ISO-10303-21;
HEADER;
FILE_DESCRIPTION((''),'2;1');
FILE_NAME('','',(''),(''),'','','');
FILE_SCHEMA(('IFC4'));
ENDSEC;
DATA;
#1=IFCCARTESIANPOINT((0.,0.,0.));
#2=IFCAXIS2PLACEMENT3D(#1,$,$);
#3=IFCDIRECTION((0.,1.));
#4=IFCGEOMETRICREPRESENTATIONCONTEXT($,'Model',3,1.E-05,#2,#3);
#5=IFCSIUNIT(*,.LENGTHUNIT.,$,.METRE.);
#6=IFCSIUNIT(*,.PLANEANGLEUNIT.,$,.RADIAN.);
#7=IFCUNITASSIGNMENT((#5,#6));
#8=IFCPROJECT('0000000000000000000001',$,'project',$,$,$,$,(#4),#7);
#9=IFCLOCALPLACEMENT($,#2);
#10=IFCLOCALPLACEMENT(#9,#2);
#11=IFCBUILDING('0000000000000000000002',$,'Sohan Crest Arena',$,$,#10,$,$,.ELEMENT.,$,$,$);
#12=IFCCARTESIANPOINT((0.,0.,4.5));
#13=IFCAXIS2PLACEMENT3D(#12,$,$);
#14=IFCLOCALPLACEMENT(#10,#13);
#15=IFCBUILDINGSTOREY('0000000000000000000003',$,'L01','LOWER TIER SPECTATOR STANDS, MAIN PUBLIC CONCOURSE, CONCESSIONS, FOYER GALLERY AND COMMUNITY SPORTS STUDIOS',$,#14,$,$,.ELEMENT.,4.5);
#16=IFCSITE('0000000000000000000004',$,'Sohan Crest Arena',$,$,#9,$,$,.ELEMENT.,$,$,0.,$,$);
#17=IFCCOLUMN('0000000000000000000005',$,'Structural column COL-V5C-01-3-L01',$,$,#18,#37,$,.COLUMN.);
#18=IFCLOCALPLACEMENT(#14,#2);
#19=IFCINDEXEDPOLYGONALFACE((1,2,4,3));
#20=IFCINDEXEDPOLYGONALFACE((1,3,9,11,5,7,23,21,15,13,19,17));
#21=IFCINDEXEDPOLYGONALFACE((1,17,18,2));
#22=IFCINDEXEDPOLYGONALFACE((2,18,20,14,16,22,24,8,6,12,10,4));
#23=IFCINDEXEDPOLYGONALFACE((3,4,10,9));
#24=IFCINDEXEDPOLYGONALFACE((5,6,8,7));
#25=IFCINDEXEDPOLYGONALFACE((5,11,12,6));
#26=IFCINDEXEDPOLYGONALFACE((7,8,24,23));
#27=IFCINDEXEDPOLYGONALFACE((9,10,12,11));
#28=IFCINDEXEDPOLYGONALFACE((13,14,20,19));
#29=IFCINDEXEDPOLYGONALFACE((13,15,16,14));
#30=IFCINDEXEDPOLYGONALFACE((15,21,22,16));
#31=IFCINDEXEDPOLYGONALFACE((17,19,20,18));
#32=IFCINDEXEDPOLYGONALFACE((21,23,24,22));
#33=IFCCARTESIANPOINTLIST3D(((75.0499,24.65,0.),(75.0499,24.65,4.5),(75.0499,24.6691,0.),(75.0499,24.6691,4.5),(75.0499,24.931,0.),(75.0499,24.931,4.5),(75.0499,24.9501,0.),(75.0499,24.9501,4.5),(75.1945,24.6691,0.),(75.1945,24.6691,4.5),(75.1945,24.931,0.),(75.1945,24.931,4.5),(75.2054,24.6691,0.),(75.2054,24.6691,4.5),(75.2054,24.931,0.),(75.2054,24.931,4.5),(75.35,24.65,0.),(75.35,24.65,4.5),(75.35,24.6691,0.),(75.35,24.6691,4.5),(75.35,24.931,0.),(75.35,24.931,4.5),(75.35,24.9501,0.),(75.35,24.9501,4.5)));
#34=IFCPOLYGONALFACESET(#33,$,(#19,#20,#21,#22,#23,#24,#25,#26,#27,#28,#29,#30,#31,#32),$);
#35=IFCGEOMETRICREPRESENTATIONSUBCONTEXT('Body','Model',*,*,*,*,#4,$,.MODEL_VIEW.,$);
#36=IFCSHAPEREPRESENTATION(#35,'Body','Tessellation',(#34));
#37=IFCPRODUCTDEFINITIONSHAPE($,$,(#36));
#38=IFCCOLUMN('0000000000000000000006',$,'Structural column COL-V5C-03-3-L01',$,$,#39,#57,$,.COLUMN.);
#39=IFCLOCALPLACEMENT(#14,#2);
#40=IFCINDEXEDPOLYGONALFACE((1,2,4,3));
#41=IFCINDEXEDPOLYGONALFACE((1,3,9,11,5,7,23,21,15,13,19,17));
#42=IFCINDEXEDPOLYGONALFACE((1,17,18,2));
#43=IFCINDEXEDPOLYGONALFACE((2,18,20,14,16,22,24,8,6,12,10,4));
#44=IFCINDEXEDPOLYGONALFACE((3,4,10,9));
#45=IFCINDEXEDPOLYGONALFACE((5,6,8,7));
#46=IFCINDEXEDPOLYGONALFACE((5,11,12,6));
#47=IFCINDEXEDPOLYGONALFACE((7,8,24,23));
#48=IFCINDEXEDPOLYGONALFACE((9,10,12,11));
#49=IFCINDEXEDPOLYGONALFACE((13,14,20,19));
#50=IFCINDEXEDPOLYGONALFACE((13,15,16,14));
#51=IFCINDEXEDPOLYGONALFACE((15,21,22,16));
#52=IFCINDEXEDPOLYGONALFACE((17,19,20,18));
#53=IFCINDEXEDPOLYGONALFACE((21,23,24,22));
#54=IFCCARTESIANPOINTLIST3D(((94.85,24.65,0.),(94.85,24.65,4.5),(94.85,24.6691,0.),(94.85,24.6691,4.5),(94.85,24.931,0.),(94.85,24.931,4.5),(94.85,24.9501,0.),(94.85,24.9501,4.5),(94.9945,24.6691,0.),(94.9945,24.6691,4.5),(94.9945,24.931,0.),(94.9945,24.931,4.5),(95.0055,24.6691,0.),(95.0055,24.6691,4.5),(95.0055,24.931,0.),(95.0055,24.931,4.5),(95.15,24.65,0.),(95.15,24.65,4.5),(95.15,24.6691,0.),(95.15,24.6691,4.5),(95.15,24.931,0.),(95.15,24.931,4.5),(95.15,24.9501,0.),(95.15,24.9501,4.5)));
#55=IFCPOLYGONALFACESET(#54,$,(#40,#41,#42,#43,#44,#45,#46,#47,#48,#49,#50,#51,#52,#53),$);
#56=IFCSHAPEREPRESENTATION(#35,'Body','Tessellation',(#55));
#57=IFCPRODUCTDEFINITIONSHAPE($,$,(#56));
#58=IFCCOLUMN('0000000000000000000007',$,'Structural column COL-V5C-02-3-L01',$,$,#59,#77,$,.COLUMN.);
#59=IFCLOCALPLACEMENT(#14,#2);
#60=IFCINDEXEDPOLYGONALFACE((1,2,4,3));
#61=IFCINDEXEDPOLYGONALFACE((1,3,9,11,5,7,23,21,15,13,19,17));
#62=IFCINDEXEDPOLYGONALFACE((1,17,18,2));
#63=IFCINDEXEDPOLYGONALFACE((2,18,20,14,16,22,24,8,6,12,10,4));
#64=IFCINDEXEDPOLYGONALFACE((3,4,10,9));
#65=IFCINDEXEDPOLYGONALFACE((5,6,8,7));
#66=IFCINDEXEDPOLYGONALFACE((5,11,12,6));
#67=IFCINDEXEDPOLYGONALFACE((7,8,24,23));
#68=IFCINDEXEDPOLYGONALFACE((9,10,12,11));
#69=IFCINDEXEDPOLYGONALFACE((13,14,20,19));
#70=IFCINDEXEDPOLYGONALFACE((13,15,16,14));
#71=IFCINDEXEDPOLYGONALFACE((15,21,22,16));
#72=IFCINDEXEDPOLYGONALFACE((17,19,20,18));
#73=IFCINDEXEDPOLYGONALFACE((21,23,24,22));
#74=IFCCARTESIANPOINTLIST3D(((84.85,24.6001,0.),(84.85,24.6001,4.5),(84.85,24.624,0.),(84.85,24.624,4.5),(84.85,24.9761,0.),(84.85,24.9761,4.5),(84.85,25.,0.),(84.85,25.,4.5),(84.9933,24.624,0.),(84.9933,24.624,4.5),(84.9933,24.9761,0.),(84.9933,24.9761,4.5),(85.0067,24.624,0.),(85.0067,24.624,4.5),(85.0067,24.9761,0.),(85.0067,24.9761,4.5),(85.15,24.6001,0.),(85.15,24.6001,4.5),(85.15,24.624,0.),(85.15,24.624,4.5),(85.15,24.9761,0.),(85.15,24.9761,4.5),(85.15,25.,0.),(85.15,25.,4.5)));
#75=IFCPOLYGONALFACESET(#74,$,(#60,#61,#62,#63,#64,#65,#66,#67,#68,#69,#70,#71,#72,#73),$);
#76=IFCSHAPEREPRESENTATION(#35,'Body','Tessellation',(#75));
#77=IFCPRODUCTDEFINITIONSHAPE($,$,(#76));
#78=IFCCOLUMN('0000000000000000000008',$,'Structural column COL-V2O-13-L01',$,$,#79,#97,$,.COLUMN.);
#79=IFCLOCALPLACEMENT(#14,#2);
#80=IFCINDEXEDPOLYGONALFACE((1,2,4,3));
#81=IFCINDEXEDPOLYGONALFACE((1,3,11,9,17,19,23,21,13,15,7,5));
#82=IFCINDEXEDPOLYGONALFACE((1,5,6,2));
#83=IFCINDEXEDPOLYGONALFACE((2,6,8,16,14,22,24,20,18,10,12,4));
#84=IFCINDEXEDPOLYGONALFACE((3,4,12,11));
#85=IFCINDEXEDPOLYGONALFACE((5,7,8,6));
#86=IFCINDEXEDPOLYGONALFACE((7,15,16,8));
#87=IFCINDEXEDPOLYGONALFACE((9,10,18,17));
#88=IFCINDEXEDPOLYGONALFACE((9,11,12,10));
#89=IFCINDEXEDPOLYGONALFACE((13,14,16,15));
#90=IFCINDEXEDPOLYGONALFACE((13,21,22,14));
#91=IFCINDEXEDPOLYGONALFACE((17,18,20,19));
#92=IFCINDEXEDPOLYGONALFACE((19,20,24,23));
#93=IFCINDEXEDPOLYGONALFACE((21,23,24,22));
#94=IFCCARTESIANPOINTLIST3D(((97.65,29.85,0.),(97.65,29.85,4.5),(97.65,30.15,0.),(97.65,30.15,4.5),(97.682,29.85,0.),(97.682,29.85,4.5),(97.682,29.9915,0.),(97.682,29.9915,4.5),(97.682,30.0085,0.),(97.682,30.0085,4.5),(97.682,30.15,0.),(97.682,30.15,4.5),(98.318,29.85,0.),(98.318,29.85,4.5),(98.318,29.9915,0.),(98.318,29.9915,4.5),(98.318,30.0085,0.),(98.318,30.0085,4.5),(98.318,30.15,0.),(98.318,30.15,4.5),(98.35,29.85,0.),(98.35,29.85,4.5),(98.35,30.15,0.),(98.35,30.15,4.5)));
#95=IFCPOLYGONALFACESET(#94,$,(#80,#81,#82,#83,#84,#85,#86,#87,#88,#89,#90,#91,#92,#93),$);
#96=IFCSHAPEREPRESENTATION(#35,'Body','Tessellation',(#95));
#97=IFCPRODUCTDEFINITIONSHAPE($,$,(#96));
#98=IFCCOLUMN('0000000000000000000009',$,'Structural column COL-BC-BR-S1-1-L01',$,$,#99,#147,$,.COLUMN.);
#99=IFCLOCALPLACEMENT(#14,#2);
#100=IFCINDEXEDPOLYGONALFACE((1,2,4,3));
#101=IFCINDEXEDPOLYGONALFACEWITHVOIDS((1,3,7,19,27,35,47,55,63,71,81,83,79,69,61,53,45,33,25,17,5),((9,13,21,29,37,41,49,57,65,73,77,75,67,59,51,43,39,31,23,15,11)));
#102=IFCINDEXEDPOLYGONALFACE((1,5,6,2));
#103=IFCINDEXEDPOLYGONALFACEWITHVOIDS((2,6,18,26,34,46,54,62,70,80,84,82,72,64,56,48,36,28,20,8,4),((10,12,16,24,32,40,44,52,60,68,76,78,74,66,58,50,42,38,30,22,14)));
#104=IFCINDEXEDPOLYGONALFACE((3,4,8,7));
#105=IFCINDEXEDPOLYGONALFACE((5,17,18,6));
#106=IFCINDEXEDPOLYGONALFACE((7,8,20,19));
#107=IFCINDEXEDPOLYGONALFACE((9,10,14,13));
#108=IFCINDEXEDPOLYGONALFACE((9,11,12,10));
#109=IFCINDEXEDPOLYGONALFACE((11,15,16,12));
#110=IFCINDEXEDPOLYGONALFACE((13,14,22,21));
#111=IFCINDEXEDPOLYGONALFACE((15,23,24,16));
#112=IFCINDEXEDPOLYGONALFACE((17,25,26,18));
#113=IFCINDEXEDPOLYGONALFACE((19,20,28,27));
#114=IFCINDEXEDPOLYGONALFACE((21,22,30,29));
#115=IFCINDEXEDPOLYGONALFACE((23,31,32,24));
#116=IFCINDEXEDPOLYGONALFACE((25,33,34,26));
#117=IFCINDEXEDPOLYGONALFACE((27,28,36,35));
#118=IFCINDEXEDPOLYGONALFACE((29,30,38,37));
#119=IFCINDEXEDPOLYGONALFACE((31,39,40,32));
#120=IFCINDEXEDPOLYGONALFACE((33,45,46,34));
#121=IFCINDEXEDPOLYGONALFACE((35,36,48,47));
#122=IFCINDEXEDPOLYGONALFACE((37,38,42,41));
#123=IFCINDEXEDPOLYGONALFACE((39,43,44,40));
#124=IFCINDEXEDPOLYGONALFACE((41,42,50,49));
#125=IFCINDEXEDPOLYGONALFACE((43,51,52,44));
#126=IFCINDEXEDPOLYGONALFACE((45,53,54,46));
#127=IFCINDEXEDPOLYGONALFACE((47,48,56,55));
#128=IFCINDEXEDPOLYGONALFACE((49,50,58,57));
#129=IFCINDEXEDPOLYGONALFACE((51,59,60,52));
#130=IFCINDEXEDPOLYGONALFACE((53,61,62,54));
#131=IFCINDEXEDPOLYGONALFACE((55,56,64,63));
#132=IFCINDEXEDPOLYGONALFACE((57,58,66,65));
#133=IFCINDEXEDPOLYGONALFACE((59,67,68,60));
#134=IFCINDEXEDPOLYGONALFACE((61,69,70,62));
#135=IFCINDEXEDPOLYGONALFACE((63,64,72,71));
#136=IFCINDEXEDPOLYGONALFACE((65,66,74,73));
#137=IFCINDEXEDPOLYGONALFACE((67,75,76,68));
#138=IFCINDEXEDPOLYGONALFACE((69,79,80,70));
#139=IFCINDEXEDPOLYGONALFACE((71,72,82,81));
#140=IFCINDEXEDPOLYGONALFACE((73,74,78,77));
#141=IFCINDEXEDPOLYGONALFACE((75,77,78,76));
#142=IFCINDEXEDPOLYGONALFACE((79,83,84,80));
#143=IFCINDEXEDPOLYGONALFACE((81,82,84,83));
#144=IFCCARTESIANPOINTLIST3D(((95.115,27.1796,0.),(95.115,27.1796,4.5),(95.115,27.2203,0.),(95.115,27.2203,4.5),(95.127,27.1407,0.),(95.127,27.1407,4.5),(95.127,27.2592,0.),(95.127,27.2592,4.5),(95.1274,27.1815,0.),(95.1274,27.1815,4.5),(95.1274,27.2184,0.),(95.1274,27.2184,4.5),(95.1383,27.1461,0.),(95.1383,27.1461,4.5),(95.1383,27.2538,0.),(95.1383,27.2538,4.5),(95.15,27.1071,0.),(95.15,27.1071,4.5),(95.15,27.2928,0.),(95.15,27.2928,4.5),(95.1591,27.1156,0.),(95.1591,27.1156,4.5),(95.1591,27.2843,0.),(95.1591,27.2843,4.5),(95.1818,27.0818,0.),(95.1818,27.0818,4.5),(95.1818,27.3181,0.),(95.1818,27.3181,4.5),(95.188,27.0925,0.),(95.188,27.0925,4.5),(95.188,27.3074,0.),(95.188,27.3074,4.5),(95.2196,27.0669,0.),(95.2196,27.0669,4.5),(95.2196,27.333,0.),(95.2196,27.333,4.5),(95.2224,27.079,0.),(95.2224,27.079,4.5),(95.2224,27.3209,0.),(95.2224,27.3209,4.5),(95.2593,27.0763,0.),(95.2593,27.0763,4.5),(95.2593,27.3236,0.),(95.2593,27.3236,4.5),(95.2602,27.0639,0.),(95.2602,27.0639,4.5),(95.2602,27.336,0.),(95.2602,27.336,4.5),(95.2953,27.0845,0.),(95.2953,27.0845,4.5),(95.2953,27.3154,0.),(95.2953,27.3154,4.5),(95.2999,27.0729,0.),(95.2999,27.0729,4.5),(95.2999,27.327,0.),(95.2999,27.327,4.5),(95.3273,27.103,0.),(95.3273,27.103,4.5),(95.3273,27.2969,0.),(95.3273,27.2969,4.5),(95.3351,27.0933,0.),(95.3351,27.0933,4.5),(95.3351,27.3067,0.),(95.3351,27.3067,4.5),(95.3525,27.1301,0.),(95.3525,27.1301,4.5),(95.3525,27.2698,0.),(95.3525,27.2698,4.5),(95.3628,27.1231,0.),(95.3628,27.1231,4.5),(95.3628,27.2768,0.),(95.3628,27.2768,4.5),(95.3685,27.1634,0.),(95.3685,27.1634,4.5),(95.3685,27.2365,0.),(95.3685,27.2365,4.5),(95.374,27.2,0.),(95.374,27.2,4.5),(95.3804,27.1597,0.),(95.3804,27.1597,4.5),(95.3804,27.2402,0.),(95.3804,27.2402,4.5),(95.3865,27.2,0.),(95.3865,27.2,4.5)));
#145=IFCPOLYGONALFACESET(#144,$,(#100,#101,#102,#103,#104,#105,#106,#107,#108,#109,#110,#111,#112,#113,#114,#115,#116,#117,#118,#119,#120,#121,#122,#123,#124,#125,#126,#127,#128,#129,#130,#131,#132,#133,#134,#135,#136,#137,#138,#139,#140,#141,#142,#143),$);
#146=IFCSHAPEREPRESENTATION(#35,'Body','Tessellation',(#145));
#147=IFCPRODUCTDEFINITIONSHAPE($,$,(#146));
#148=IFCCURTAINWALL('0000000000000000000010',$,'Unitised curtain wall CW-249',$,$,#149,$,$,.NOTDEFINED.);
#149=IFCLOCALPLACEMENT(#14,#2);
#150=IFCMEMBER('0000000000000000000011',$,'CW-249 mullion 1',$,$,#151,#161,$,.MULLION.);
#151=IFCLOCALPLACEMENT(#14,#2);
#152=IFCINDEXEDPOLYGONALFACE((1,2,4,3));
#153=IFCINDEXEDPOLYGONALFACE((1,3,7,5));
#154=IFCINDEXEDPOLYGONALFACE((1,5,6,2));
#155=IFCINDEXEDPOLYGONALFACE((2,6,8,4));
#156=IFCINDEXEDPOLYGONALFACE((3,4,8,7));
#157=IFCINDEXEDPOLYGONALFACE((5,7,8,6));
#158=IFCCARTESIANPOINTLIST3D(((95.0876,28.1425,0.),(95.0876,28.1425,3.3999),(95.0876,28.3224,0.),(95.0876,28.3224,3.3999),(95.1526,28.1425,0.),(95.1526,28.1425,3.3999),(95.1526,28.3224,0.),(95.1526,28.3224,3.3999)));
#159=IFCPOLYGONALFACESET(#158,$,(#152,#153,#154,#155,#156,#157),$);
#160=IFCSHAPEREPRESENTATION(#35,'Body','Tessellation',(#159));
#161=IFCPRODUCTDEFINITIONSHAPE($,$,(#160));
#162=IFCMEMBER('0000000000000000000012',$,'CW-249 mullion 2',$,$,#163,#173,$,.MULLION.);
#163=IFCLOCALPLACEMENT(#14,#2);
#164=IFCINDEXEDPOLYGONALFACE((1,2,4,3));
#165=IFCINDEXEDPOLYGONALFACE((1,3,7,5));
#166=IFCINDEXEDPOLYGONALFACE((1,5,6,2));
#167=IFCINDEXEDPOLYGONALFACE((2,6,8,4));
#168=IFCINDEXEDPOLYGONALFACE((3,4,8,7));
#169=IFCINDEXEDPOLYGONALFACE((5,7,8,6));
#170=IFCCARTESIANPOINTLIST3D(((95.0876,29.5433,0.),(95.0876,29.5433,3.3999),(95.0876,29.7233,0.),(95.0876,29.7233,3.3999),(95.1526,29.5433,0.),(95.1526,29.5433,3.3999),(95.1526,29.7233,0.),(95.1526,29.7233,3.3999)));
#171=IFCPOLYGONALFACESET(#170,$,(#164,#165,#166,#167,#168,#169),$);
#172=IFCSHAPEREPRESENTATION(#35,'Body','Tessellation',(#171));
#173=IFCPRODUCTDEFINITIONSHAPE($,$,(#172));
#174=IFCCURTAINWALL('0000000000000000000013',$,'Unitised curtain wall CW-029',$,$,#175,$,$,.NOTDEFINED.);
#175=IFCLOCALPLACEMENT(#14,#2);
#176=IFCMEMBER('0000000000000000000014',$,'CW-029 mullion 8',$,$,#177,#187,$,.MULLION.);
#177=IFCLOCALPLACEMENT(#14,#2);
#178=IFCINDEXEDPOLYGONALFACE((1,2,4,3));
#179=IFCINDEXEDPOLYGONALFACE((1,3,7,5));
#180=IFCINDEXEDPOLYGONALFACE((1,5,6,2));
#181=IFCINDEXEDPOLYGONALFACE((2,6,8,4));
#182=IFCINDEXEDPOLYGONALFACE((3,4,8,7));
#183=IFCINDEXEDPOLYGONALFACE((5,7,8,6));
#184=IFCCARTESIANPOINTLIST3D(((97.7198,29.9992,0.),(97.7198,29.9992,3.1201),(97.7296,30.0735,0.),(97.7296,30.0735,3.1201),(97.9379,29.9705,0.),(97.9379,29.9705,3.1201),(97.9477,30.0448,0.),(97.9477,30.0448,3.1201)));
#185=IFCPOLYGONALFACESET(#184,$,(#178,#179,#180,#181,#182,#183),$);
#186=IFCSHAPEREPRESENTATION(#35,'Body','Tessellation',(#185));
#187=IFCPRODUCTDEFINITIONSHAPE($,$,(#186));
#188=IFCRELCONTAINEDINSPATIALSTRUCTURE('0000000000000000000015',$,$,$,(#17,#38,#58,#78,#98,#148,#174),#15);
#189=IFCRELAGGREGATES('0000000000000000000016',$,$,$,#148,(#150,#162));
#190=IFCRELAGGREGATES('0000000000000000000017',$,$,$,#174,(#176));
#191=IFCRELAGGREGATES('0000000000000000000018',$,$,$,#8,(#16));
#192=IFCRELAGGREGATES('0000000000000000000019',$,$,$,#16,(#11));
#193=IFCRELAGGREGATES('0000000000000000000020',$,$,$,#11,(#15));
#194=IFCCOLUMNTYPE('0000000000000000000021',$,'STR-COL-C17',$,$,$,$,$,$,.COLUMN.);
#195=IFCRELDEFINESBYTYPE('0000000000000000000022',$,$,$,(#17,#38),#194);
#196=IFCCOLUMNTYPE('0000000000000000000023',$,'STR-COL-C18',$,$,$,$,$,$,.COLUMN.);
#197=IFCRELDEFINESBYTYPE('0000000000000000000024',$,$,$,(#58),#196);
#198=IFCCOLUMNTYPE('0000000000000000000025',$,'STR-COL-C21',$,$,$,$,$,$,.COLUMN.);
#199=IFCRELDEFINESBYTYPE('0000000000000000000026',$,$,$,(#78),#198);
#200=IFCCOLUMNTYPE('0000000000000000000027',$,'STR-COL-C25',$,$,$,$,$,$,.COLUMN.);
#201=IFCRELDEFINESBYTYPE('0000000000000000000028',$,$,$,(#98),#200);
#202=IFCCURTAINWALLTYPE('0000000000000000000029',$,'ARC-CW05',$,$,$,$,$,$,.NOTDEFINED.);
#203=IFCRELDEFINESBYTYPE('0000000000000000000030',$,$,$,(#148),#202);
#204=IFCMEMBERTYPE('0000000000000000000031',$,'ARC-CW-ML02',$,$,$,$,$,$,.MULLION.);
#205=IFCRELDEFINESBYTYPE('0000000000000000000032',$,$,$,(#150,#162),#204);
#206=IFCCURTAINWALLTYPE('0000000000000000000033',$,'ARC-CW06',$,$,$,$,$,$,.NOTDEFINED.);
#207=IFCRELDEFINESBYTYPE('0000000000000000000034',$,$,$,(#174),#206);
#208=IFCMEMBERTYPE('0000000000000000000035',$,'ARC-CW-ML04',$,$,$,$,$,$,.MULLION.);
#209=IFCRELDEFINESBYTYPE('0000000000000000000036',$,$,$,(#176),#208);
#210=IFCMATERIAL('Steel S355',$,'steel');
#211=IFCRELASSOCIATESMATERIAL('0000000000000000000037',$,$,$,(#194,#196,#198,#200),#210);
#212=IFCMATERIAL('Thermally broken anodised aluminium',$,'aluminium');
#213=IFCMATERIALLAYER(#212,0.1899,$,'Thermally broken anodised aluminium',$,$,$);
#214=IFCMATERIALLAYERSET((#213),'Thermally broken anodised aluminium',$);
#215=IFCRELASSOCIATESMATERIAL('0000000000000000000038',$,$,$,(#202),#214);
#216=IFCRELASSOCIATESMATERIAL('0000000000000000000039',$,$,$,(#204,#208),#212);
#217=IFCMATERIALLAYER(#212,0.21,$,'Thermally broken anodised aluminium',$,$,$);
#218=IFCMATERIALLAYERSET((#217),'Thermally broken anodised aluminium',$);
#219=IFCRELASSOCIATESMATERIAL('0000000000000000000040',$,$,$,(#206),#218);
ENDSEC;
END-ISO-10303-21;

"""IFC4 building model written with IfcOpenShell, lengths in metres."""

from ifc_helpers import new_model, si_unit, direction, frame, origin, origin_2d, place, context, subcontext, project, spatial, rectangle, hollow_circle, i_section, extrude, material, layer, layer_set, material_profile, profile_set, type_object, element, aggregate, save


model = new_model("IFC4")

# Units and contexts
model_context = context("Model", 3, precision=1e-05, world=origin(), true_north=direction((0.0, 1.0)))
body_context = subcontext(model_context, "Body", "Model", "MODEL_VIEW")
ifc_project = project(units=[si_unit("LENGTHUNIT", "METRE"), si_unit("PLANEANGLEUNIT", "RADIAN")], contexts=[model_context])

# Site, building, storey
site_placement = place(None, origin())
site = spatial("IfcSite", under=ifc_project, at=site_placement, Name="Sohan Crest Arena", CompositionType="ELEMENT", RefElevation=0.0)
building_placement = place(site_placement, origin())
building = spatial("IfcBuilding", under=site, at=building_placement, Name="Sohan Crest Arena", CompositionType="ELEMENT")
storey_placement = place(building_placement, frame((0.0, 0.0, 4.5)))
storey = spatial("IfcBuildingStorey", under=building, at=storey_placement, Name="L01", Description="LOWER TIER SPECTATOR STANDS, MAIN PUBLIC CONCOURSE, CONCESSIONS, FOYER GALLERY AND COMMUNITY SPORTS STUDIOS", CompositionType="ELEMENT", Elevation=4.5)

# Columns
ifc_material_1 = material(Name="Steel S355", Category="steel")
ifc_material_profile_1 = material_profile(ifc_material_1, i_section(OverallWidth=0.3, OverallDepth=0.3, WebThickness=0.011, FlangeThickness=0.019, at=origin_2d()), Name="HEB 300")
ifc_profile_set_1 = profile_set([ifc_material_profile_1], Name="Steel S355")
column_type_1 = type_object("IfcColumnType", Name="STR-COL-C17", PredefinedType="COLUMN", material=ifc_profile_set_1)
for number, where, z_axis, x_axis, name in (
    (1, (75.2, 24.8, 0.0), (0.0, 0.0, 1.0), (1.0, 0.0, 0.0), "Structural column COL-V5C-01-3-L01"),
    (2, (95.0, 24.8, 0.0), (0.0, 0.0, 1.0), (1.0, 0.0, 0.0), "Structural column COL-V5C-03-3-L01"),
):
    element("IfcColumn", number, at=place(storey_placement, frame(where, z_axis=z_axis, x_axis=x_axis)), inside=storey, type_object=column_type_1, Name=name, PredefinedType="COLUMN", context=body_context, shape_type="SweptSolid", body=[
        extrude(i_section(OverallWidth=0.3, OverallDepth=0.3, WebThickness=0.011, FlangeThickness=0.019, at=origin_2d()), origin(), (0.0, 0.0, 1.0), 4.5),
    ])
ifc_material_profile_2 = material_profile(ifc_material_1, i_section(OverallWidth=0.3, OverallDepth=0.3999, WebThickness=0.0134, FlangeThickness=0.0239, at=origin_2d()), Name="HEB 400")
ifc_profile_set_2 = profile_set([ifc_material_profile_2], Name="Steel S355")
column_type_2 = type_object("IfcColumnType", Name="STR-COL-C18", PredefinedType="COLUMN", material=ifc_profile_set_2)
column_1_placement = place(storey_placement, frame((85.0, 24.8, 0.0), z_axis=(0.0, 0.0, 1.0), x_axis=(1.0, 0.0, 0.0)))
element("IfcColumn", 3, at=column_1_placement, inside=storey, type_object=column_type_2, Name="Structural column COL-V5C-02-3-L01", PredefinedType="COLUMN", context=body_context, shape_type="SweptSolid", body=[
    extrude(i_section(OverallWidth=0.3, OverallDepth=0.3999, WebThickness=0.0134, FlangeThickness=0.0239, at=origin_2d()), origin(), (0.0, 0.0, 1.0), 4.5),
])
ifc_material_profile_3 = material_profile(ifc_material_1, i_section(OverallWidth=0.3, OverallDepth=0.7, WebThickness=0.0171, FlangeThickness=0.032, at=origin_2d()), Name="HEB 700")
ifc_profile_set_3 = profile_set([ifc_material_profile_3], Name="Steel S355")
column_type_3 = type_object("IfcColumnType", Name="STR-COL-C21", PredefinedType="COLUMN", material=ifc_profile_set_3)
column_2_placement = place(storey_placement, frame((98.0, 30.0, 0.0), z_axis=(0.0, 0.0, 1.0), x_axis=(0.0, 1.0, 0.0)))
element("IfcColumn", 4, at=column_2_placement, inside=storey, type_object=column_type_3, Name="Structural column COL-V2O-13-L01", PredefinedType="COLUMN", context=body_context, shape_type="SweptSolid", body=[
    extrude(i_section(OverallWidth=0.3, OverallDepth=0.7, WebThickness=0.0171, FlangeThickness=0.032, at=origin_2d()), origin(), (0.0, 0.0, 1.0), 4.5),
])
ifc_material_profile_4 = material_profile(ifc_material_1, hollow_circle(Radius=0.1365, WallThickness=0.0125, at=origin_2d()), Name="CHS 273x12.5")
ifc_profile_set_4 = profile_set([ifc_material_profile_4], Name="Steel S355")
column_type_4 = type_object("IfcColumnType", Name="STR-COL-C25", PredefinedType="COLUMN", material=ifc_profile_set_4)
column_3_placement = place(storey_placement, frame((95.25, 27.2, 0.0), z_axis=(0.0, 0.0, 1.0), x_axis=(1.0, 0.0, 0.0)))
element("IfcColumn", 5, at=column_3_placement, inside=storey, type_object=column_type_4, Name="Structural column COL-BC-BR-S1-1-L01", PredefinedType="COLUMN", context=body_context, shape_type="SweptSolid", body=[
    extrude(hollow_circle(Radius=0.1365, WallThickness=0.0125, at=origin_2d()), origin(), (0.0, 0.0, 1.0), 4.5),
])

# Curtain wall, members
ifc_material_2 = material(Name="Thermally broken anodised aluminium", Category="aluminium")
ifc_layer_1 = layer(ifc_material_2, 0.1899, Name="Thermally broken anodised aluminium")
ifc_layer_set_1 = layer_set([ifc_layer_1], Name="Thermally broken anodised aluminium")
curtain_wall_type_1 = type_object("IfcCurtainWallType", Name="ARC-CW05", PredefinedType="NOTDEFINED", material=ifc_layer_set_1)
curtain_wall_1_placement = place(storey_placement, origin())
curtain_wall_1 = element("IfcCurtainWall", 6, at=curtain_wall_1_placement, inside=storey, type_object=curtain_wall_type_1, Name="Unitised curtain wall CW-249", PredefinedType="NOTDEFINED")
ifc_material_profile_5 = material_profile(ifc_material_2, rectangle(XDim=0.0649, YDim=0.1799, at=origin_2d()), Name="ALU-MULL 65x180")
ifc_profile_set_5 = profile_set([ifc_material_profile_5], Name="Thermally broken anodised aluminium")
member_type_1 = type_object("IfcMemberType", Name="ARC-CW-ML02", PredefinedType="MULLION", material=ifc_profile_set_5)
member_1_placement = place(storey_placement, frame((95.1201, 28.2324, 0.0), z_axis=(0.0, 0.0, 1.0), x_axis=(-1.0, 0.0, 0.0)))
member_1 = element("IfcMember", 7, at=member_1_placement, type_object=member_type_1, Name="CW-249 mullion 1", PredefinedType="MULLION", context=body_context, shape_type="SweptSolid", body=[
    extrude(rectangle(XDim=0.0649, YDim=0.1799, at=origin_2d()), origin(), (0.0, 0.0, 1.0), 3.3999),
])
member_2_placement = place(storey_placement, frame((95.1201, 29.6333, 0.0), z_axis=(0.0, 0.0, 1.0), x_axis=(-1.0, 0.0, 0.0)))
member_2 = element("IfcMember", 8, at=member_2_placement, type_object=member_type_1, Name="CW-249 mullion 2", PredefinedType="MULLION", context=body_context, shape_type="SweptSolid", body=[
    extrude(rectangle(XDim=0.0649, YDim=0.1799, at=origin_2d()), origin(), (0.0, 0.0, 1.0), 3.3999),
])

# Curtain wall, member
ifc_layer_2 = layer(ifc_material_2, 0.21, Name="Thermally broken anodised aluminium")
ifc_layer_set_2 = layer_set([ifc_layer_2], Name="Thermally broken anodised aluminium")
curtain_wall_type_2 = type_object("IfcCurtainWallType", Name="ARC-CW06", PredefinedType="NOTDEFINED", material=ifc_layer_set_2)
curtain_wall_2_placement = place(storey_placement, origin())
curtain_wall_2 = element("IfcCurtainWall", 9, at=curtain_wall_2_placement, inside=storey, type_object=curtain_wall_type_2, Name="Unitised curtain wall CW-029", PredefinedType="NOTDEFINED")
ifc_material_profile_6 = material_profile(ifc_material_2, rectangle(XDim=0.075, YDim=0.22, at=origin_2d()), Name="ALU-MULL 75x220")
ifc_profile_set_6 = profile_set([ifc_material_profile_6], Name="Thermally broken anodised aluminium")
member_type_2 = type_object("IfcMemberType", Name="ARC-CW-ML04", PredefinedType="MULLION", material=ifc_profile_set_6)
member_3_placement = place(storey_placement, frame((97.8337, 30.022, 0.0), z_axis=(0.0, 0.0, 1.0), x_axis=(0.130562, 0.99144, 0.0)))
member_3 = element("IfcMember", 10, at=member_3_placement, type_object=member_type_2, Name="CW-029 mullion 8", PredefinedType="MULLION", context=body_context, shape_type="SweptSolid", body=[
    extrude(rectangle(XDim=0.075, YDim=0.22, at=origin_2d()), origin(), (0.0, 0.0, 1.0), 3.1201),
])

aggregate(curtain_wall_1, [member_1, member_2])
aggregate(curtain_wall_2, [member_3])

save(model, "model.ifc")
